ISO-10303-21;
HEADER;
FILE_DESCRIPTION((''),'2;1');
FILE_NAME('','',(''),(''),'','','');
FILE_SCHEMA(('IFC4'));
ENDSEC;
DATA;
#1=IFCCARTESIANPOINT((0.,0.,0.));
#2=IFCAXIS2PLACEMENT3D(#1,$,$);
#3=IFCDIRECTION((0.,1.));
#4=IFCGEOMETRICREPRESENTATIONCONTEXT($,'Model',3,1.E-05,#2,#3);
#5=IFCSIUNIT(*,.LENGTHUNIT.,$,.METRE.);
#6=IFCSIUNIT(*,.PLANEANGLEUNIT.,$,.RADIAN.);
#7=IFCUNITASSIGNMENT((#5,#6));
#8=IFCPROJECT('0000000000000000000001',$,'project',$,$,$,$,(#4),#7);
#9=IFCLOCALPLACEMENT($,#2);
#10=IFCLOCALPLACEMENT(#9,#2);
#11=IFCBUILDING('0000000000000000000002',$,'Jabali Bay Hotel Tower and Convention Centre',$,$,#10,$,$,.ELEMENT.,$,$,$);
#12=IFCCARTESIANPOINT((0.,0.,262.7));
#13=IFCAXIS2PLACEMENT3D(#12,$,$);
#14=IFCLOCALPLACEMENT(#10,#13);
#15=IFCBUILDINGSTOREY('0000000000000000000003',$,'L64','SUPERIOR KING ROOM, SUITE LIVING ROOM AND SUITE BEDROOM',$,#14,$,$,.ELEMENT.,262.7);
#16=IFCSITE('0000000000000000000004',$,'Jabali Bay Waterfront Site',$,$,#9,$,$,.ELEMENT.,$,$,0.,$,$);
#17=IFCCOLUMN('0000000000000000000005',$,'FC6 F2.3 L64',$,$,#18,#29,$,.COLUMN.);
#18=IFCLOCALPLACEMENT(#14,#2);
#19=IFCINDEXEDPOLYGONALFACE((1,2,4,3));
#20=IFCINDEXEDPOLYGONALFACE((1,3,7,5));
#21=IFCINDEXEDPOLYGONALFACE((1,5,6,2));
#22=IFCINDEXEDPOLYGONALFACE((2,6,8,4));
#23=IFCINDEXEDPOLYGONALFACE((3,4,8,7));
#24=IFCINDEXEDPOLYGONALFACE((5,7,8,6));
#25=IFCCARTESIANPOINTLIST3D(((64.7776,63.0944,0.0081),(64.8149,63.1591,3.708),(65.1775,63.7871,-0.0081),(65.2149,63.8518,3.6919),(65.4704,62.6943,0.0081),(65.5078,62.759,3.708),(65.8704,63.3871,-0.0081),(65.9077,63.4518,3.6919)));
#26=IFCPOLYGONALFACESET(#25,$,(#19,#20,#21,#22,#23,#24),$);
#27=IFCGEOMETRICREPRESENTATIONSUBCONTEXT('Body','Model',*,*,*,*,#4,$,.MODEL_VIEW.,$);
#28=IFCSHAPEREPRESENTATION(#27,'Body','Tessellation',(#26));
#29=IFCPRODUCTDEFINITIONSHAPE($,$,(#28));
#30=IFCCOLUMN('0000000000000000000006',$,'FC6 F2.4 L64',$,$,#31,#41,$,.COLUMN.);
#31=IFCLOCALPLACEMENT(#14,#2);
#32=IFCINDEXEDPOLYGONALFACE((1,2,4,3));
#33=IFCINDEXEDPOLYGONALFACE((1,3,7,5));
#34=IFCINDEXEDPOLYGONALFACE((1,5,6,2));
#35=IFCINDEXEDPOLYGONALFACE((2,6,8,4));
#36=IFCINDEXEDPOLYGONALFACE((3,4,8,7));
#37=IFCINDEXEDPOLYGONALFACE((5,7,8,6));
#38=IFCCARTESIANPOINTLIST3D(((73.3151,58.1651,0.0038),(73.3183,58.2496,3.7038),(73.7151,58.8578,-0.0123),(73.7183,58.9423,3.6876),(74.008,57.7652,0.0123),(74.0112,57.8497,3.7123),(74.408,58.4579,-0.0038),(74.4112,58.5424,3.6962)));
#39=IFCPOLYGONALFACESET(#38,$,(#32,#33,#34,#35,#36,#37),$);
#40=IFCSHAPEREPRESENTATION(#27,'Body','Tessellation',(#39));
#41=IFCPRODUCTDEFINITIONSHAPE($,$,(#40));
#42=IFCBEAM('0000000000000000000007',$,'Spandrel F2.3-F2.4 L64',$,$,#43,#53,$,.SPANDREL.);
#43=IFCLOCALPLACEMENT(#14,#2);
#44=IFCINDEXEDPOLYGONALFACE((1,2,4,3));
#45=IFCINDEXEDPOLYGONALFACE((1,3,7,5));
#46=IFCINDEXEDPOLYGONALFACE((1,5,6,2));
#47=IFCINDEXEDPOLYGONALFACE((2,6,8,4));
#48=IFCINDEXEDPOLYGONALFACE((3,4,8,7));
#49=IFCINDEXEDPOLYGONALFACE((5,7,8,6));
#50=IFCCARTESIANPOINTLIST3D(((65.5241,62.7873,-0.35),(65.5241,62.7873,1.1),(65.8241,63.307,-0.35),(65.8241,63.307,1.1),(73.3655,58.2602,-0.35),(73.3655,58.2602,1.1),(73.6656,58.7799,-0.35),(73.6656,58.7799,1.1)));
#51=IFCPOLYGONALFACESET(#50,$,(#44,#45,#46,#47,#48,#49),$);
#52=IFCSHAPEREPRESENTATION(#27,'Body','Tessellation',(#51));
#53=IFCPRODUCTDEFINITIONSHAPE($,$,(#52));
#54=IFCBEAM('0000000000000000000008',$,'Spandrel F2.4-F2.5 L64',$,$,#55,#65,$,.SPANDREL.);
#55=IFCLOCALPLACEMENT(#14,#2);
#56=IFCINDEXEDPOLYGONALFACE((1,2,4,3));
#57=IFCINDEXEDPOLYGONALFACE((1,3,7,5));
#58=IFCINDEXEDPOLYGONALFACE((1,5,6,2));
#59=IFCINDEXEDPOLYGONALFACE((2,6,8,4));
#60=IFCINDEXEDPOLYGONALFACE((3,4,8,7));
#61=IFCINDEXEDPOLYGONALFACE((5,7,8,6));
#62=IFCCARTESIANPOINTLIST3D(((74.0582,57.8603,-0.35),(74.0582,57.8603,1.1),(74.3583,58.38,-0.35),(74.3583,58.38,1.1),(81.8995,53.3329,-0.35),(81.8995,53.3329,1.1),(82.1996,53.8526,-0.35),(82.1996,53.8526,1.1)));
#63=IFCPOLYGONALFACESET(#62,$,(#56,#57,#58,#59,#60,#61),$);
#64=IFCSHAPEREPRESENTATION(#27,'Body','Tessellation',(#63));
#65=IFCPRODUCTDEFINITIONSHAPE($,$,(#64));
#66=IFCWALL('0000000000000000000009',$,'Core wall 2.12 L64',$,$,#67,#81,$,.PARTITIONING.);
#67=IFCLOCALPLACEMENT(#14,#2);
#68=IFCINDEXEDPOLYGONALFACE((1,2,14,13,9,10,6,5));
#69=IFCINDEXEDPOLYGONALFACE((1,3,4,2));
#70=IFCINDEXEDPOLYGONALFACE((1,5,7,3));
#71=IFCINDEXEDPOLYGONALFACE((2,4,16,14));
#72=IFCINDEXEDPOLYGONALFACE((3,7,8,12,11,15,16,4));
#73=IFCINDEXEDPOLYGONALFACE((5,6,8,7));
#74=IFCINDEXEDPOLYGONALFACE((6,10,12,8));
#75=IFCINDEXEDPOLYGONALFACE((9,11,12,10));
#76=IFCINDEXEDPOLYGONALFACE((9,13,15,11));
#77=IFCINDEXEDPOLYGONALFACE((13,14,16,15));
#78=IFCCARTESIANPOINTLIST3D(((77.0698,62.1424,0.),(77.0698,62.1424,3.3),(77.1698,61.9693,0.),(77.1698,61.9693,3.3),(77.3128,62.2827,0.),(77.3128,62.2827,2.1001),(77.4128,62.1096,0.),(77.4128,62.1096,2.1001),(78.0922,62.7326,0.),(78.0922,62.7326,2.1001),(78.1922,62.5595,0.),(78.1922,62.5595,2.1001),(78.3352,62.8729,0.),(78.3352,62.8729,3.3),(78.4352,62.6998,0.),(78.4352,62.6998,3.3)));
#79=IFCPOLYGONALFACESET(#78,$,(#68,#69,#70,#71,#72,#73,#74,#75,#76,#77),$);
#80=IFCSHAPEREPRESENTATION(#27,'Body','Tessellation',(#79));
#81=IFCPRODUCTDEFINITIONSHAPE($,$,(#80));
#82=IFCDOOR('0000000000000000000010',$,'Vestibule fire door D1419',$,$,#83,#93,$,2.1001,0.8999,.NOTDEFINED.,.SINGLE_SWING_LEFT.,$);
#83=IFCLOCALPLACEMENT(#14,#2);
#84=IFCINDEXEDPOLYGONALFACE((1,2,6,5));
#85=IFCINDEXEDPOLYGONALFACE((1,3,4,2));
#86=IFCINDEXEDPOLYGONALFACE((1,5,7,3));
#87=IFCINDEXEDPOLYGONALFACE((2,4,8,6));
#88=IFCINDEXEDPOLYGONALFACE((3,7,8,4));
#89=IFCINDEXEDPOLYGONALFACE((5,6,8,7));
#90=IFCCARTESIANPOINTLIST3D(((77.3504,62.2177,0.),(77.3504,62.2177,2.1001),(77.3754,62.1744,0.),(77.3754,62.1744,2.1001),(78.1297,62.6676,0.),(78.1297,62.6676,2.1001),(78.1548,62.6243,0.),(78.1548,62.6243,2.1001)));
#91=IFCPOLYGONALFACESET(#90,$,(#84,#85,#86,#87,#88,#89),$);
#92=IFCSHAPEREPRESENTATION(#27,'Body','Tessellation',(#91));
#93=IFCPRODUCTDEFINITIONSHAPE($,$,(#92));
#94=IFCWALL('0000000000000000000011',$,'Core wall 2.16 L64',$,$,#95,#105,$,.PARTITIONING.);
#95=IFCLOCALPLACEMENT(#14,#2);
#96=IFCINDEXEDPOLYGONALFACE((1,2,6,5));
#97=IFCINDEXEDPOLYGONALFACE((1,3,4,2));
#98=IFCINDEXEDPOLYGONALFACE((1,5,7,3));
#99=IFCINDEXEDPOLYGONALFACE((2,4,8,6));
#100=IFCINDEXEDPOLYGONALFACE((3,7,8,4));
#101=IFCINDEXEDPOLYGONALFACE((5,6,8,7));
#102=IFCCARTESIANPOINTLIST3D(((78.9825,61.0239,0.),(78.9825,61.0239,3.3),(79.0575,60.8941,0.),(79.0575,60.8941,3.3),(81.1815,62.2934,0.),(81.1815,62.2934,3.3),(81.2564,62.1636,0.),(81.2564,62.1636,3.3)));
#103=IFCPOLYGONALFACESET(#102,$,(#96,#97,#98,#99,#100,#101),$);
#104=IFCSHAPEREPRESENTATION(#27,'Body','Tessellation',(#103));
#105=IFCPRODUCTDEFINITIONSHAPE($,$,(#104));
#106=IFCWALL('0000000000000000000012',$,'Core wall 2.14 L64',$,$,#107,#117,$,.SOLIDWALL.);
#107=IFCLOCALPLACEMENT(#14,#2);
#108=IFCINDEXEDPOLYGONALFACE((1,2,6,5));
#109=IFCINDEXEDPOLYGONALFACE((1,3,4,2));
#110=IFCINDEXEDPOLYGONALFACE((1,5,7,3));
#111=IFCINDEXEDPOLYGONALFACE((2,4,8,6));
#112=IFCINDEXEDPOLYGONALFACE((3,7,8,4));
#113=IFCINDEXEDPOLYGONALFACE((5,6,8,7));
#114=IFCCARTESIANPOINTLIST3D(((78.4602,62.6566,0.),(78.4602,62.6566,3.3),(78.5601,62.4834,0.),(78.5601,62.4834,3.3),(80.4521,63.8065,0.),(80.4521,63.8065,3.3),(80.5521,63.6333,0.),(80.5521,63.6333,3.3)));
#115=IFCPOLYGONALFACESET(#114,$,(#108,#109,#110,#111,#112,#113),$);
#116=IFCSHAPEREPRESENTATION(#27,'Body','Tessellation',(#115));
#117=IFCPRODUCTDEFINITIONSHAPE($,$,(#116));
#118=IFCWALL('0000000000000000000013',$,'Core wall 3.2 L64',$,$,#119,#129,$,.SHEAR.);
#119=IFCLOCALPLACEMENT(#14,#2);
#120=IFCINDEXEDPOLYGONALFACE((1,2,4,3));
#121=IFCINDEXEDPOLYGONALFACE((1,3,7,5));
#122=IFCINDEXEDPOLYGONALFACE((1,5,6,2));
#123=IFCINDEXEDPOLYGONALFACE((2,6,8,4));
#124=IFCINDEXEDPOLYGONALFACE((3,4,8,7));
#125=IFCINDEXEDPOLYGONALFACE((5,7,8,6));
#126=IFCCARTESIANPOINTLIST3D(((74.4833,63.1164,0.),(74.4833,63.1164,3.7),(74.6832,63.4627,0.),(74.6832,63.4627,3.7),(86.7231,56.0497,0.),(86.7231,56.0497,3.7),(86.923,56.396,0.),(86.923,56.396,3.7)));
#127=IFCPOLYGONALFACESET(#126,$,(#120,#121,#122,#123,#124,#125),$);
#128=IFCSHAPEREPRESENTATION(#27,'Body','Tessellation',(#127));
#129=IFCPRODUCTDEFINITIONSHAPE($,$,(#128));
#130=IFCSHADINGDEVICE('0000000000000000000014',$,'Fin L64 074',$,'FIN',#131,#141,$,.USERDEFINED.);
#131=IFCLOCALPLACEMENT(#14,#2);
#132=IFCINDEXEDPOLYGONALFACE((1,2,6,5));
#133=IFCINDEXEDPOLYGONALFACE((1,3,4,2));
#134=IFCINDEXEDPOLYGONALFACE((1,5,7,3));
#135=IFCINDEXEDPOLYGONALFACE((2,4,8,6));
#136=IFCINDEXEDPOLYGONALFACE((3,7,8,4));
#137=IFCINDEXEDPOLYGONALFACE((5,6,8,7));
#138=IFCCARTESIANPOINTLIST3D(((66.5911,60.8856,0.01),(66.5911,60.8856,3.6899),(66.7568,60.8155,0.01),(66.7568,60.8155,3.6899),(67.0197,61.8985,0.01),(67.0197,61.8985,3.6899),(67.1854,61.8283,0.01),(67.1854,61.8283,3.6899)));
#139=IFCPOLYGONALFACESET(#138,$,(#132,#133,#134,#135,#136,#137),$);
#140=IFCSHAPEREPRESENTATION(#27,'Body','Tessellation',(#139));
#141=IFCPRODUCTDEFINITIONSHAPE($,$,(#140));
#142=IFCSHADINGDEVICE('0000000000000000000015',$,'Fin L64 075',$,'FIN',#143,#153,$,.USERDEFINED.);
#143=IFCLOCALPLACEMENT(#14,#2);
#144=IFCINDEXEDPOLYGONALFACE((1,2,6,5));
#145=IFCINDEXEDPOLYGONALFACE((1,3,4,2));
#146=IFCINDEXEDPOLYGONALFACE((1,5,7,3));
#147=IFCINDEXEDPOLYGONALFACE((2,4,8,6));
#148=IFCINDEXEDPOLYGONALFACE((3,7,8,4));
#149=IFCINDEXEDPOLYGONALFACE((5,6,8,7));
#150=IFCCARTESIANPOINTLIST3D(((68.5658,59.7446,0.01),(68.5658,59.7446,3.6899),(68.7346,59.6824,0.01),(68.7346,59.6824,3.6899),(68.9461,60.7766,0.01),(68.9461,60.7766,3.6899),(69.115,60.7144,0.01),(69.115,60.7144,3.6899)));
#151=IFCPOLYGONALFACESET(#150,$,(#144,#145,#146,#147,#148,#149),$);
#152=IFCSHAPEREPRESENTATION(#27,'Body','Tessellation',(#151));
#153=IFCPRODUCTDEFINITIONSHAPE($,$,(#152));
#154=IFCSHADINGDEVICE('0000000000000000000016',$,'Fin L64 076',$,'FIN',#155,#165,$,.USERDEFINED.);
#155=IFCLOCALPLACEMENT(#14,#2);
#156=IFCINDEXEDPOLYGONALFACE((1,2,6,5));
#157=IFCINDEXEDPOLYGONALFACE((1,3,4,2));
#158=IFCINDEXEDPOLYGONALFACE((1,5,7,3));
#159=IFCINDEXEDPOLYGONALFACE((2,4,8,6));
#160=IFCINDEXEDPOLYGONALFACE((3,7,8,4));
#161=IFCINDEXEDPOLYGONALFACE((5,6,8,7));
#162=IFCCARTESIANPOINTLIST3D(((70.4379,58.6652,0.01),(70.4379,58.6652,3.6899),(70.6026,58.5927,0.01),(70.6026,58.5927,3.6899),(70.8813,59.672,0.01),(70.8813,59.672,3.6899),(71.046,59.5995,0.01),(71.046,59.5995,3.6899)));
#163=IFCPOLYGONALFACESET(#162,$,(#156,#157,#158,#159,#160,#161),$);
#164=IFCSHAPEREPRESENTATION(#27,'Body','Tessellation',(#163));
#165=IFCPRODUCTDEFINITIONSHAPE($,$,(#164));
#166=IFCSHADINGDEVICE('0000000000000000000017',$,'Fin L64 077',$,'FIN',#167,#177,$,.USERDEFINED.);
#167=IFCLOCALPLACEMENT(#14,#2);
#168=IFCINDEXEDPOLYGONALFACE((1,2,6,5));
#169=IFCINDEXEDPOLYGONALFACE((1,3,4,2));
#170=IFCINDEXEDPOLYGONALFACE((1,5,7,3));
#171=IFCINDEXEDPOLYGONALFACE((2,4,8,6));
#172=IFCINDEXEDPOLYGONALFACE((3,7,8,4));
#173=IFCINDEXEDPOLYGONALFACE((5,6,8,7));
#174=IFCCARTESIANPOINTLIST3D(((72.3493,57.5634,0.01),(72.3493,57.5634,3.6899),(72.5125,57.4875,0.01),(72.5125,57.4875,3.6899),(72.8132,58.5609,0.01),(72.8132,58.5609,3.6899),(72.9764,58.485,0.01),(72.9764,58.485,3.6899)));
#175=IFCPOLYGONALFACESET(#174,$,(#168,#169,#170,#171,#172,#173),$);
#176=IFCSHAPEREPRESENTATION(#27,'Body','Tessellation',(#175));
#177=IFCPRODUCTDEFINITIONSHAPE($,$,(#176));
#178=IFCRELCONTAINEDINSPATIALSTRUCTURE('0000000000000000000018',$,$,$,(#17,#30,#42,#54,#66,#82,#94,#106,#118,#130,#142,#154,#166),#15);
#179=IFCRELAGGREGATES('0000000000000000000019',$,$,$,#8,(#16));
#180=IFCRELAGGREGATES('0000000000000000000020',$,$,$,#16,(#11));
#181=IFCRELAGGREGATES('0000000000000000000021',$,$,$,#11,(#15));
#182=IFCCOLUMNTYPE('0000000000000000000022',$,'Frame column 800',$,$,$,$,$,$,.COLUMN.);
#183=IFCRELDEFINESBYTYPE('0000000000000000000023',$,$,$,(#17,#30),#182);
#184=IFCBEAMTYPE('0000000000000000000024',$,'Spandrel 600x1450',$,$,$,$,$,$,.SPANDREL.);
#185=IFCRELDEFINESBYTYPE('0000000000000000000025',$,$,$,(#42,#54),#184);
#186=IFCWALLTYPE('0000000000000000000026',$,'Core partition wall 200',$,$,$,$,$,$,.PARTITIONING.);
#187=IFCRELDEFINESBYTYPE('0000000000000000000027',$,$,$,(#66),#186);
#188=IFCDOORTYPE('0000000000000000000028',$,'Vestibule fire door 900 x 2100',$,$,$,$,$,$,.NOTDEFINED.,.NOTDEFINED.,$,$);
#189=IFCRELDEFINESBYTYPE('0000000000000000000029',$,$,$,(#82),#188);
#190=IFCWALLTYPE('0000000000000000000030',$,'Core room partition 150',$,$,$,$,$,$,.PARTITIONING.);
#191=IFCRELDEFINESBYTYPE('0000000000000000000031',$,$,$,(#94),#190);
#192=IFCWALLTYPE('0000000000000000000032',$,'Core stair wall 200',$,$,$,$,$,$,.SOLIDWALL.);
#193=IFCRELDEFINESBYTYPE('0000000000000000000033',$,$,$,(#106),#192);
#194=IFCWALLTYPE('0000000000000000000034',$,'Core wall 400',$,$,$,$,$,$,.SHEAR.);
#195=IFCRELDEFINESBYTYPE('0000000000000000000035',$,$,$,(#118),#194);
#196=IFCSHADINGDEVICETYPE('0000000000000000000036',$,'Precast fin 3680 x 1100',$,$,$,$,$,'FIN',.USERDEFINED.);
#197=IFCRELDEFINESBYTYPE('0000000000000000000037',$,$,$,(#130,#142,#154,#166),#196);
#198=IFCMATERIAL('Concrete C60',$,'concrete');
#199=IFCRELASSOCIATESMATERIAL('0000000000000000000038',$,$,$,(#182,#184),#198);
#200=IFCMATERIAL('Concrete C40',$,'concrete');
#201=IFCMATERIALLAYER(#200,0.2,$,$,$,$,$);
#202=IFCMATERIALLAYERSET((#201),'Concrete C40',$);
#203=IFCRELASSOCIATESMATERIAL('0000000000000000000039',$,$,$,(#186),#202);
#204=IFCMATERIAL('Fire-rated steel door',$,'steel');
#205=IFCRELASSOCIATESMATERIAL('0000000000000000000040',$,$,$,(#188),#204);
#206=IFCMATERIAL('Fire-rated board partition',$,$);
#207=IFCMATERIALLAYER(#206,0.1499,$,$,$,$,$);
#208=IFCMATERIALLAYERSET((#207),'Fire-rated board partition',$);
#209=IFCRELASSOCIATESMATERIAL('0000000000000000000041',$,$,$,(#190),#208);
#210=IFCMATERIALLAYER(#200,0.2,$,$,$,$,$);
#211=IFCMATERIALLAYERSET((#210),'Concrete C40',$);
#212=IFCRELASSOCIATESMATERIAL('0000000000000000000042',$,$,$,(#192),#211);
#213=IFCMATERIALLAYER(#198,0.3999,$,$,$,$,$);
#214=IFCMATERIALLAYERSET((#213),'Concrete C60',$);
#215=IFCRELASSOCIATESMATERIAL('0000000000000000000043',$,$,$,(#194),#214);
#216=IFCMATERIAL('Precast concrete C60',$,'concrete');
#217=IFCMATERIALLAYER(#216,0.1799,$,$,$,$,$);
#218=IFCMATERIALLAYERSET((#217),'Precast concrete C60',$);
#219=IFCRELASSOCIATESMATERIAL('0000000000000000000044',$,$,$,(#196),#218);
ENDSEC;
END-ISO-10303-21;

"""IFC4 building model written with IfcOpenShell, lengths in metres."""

from ifc_helpers import new_model, si_unit, direction, frame, frame_2d, origin, origin_2d, place, context, subcontext, project, spatial, rectangle, extrude, material, layer, layer_set, material_profile, profile_set, type_object, element, fill, save


model = new_model("IFC4")

# Units and contexts
model_context = context("Model", 3, precision=1e-05, world=origin(), true_north=direction((0.0, 1.0)))
body_context = subcontext(model_context, "Body", "Model", "MODEL_VIEW")
ifc_project = project(units=[si_unit("LENGTHUNIT", "METRE"), si_unit("PLANEANGLEUNIT", "RADIAN")], contexts=[model_context])

# Site, building, storey
site_placement = place(None, origin())
site = spatial("IfcSite", under=ifc_project, at=site_placement, Name="Jabali Bay Waterfront Site", CompositionType="ELEMENT", RefElevation=0.0)
building_placement = place(site_placement, origin())
building = spatial("IfcBuilding", under=site, at=building_placement, Name="Jabali Bay Hotel Tower and Convention Centre", CompositionType="ELEMENT")
storey_placement = place(building_placement, frame((0.0, 0.0, 262.7)))
storey = spatial("IfcBuildingStorey", under=building, at=storey_placement, Name="L64", Description="SUPERIOR KING ROOM, SUITE LIVING ROOM AND SUITE BEDROOM", CompositionType="ELEMENT", Elevation=262.7)

# Columns
ifc_material_1 = material(Name="Concrete C60", Category="concrete")
ifc_material_profile_1 = material_profile(ifc_material_1, rectangle(XDim=0.8, YDim=0.8, at=origin_2d()), Name="Frame column 800")
ifc_profile_set_1 = profile_set([ifc_material_profile_1], Name="Concrete C60")
column_type = type_object("IfcColumnType", Name="Frame column 800", PredefinedType="COLUMN", material=ifc_profile_set_1)
column_1_placement = place(storey_placement, frame((65.324, 63.2407, 0.0), z_axis=(0.010094, 0.017482, 0.999796), x_axis=(-0.866026, 0.499999, 0.0)))
element("IfcColumn", 1, at=column_1_placement, inside=storey, type_object=column_type, Name="FC6 F2.3 L64", PredefinedType="COLUMN", context=body_context, shape_type="SweptSolid", body=[
    extrude(rectangle(XDim=0.8, YDim=0.8, at=origin_2d()), origin(), (0.0, 0.0, 1.0), 3.7007),
])
column_2_placement = place(storey_placement, frame((73.8616, 58.3115, 0.0), z_axis=(0.000858, 0.022825, 0.999739), x_axis=(-0.499939, -0.865825, 0.020196)))
element("IfcColumn", 2, at=column_2_placement, inside=storey, type_object=column_type, Name="FC6 F2.4 L64", PredefinedType="COLUMN", context=body_context, shape_type="SweptSolid", body=[
    extrude(rectangle(XDim=0.8, YDim=0.8, at=origin_2d()), origin(), (0.0, 0.0, 1.0), 3.7009),
])

# Beams
ifc_material_profile_2 = material_profile(ifc_material_1, rectangle(XDim=0.6001, YDim=1.45, at=origin_2d()), Name="Spandrel 600x1450")
ifc_profile_set_2 = profile_set([ifc_material_profile_2], Name="Concrete C60")
beam_type = type_object("IfcBeamType", Name="Spandrel 600x1450", PredefinedType="SPANDREL", material=ifc_profile_set_2)
for number, where, z_axis, x_axis, name in (
    (3, (65.6741, 63.0471, 0.375), (0.866036, -0.499982, 0.0), (0.499982, 0.866036, 0.0), "Spandrel F2.3-F2.4 L64"),
    (4, (74.2083, 58.1201, 0.375), (0.866018, -0.500013, 0.0), (0.500013, 0.866018, 0.0), "Spandrel F2.4-F2.5 L64"),
):
    element("IfcBeam", number, at=place(storey_placement, frame(where, z_axis=z_axis, x_axis=x_axis)), inside=storey, type_object=beam_type, Name=name, PredefinedType="SPANDREL", context=body_context, shape_type="SweptSolid", body=[
        extrude(rectangle(XDim=0.6001, YDim=1.45, at=origin_2d()), origin(), (0.0, 0.0, 1.0), 9.0544),
    ])

# Wall, opening, door
ifc_material_2 = material(Name="Concrete C40", Category="concrete")
ifc_layer_1 = layer(ifc_material_2, 0.2)
ifc_layer_set_1 = layer_set([ifc_layer_1], Name="Concrete C40")
wall_type_1 = type_object("IfcWallType", Name="Core partition wall 200", PredefinedType="PARTITIONING", material=ifc_layer_set_1)
wall_1_placement = place(storey_placement, frame((77.1199, 62.0559, 0.0), z_axis=(0.0, 0.0, 1.0), x_axis=(0.866055, 0.499949, 0.0)))
wall_1 = element("IfcWall", 5, at=wall_1_placement, inside=storey, type_object=wall_type_1, Name="Core wall 2.12 L64", PredefinedType="PARTITIONING", context=body_context, shape_type="SweptSolid", body=[
    extrude(rectangle(XDim=1.4612, YDim=0.2, at=frame_2d((0.7305, 0.0))), origin(), (0.0, 0.0, 1.0), 3.3),
])
opening_placement = place(wall_1_placement, frame((0.2805, 0.0, 0.0)))
opening = element("IfcOpeningElement", 6, at=opening_placement, cuts=wall_1, PredefinedType="OPENING", context=body_context, shape_type="SweptSolid", body=[
    extrude(rectangle(XDim=0.8999, YDim=2.1001, at=frame_2d((0.45, 1.05))), frame((0.0, 0.1104, 0.0), z_axis=(0.0, -1.0, 0.0), x_axis=(1.0, 0.0, 0.0)), (0.0, 0.0, 1.0), 0.2209),
])
ifc_material_3 = material(Name="Fire-rated steel door", Category="steel")
door_type = type_object("IfcDoorType", Name="Vestibule fire door 900 x 2100", OperationType="NOTDEFINED", PredefinedType="NOTDEFINED", material=ifc_material_3)
door_placement = place(opening_placement, origin())
door = element("IfcDoor", 7, at=door_placement, inside=storey, type_object=door_type, Name="Vestibule fire door D1419", OperationType="SINGLE_SWING_LEFT", OverallHeight=2.1001, OverallWidth=0.8999, PredefinedType="NOTDEFINED", context=body_context, shape_type="SweptSolid", body=[
    extrude(rectangle(XDim=0.8999, YDim=2.1001, at=frame_2d((0.45, 1.05))), frame((0.0, 0.0249, 0.0), z_axis=(0.0, -1.0, 0.0), x_axis=(1.0, 0.0, 0.0)), (0.0, 0.0, 1.0), 0.05),
])
fill(opening, door)

# Walls
ifc_material_4 = material(Name="Fire-rated board partition")
ifc_layer_2 = layer(ifc_material_4, 0.1499)
ifc_layer_set_2 = layer_set([ifc_layer_2], Name="Fire-rated board partition")
wall_type_2 = type_object("IfcWallType", Name="Core room partition 150", PredefinedType="PARTITIONING", material=ifc_layer_set_2)
wall_2_placement = place(storey_placement, frame((79.02, 60.959, 0.0), z_axis=(0.0, 0.0, 1.0), x_axis=(0.866033, 0.499986, 0.0)))
element("IfcWall", 8, at=wall_2_placement, inside=storey, type_object=wall_type_2, Name="Core wall 2.16 L64", PredefinedType="PARTITIONING", context=body_context, shape_type="SweptSolid", body=[
    extrude(rectangle(XDim=2.5391, YDim=0.1499, at=frame_2d((1.2695, 0.0))), origin(), (0.0, 0.0, 1.0), 3.3),
])
ifc_layer_3 = layer(ifc_material_2, 0.2)
ifc_layer_set_3 = layer_set([ifc_layer_3], Name="Concrete C40")
wall_type_3 = type_object("IfcWallType", Name="Core stair wall 200", PredefinedType="SOLIDWALL", material=ifc_layer_set_3)
wall_3_placement = place(storey_placement, frame((78.5103, 62.5701, 0.0), z_axis=(0.0, 0.0, 1.0), x_axis=(0.866053, 0.499952, 0.0)))
element("IfcWall", 9, at=wall_3_placement, inside=storey, type_object=wall_type_3, Name="Core wall 2.14 L64", PredefinedType="SOLIDWALL", context=body_context, shape_type="SweptSolid", body=[
    extrude(rectangle(XDim=2.3, YDim=0.2, at=frame_2d((1.1499, 0.0))), origin(), (0.0, 0.0, 1.0), 3.3),
])
ifc_layer_4 = layer(ifc_material_1, 0.3999)
ifc_layer_set_4 = layer_set([ifc_layer_4], Name="Concrete C60")
wall_type_4 = type_object("IfcWallType", Name="Core wall 400", PredefinedType="SHEAR", material=ifc_layer_set_4)
wall_4_placement = place(storey_placement, frame((74.5833, 63.2896, 0.0), z_axis=(0.0, 0.0, 1.0), x_axis=(0.866024, -0.500002, 0.0)))
element("IfcWall", 10, at=wall_4_placement, inside=storey, type_object=wall_type_4, Name="Core wall 3.2 L64", PredefinedType="SHEAR", context=body_context, shape_type="SweptSolid", body=[
    extrude(rectangle(XDim=14.1333, YDim=0.3999, at=frame_2d((7.0667, 0.0))), origin(), (0.0, 0.0, 1.0), 3.7),
])

# Shading devices
ifc_material_5 = material(Name="Precast concrete C60", Category="concrete")
ifc_layer_5 = layer(ifc_material_5, 0.1799)
ifc_layer_set_5 = layer_set([ifc_layer_5], Name="Precast concrete C60")
shading_device_type_1 = type_object("IfcShadingDeviceType", Name="Precast fin 3680 x 1100", ElementType="FIN", PredefinedType="USERDEFINED", material=ifc_layer_set_5)
for number, where, z_axis, x_axis, name in (
    (11, (67.1025, 61.8633, 0.01), (0.0, 0.0, 1.0), (-0.389763, -0.920915, 0.0), "Fin L64 074"),
    (12, (69.0305, 60.7454, 0.01), (0.0, 0.0, 1.0), (-0.345839, -0.938294, 0.0), "Fin L64 075"),
):
    element("IfcShadingDevice", number, at=place(storey_placement, frame(where, z_axis=z_axis, x_axis=x_axis)), inside=storey, type_object=shading_device_type_1, Name=name, ObjectType="FIN", PredefinedType="USERDEFINED", context=body_context, shape_type="SweptSolid", body=[
        extrude(rectangle(XDim=1.0999, YDim=0.1799, at=frame_2d((0.5498, 0.0))), origin(), (0.0, 0.0, 1.0), 3.6799),
    ])
for number, where, z_axis, x_axis, name in (
    (13, (70.9636, 59.6357, 0.01), (0.0, 0.0, 1.0), (-0.403006, -0.915197, 0.0), "Fin L64 076"),
    (14, (72.8948, 58.5229, 0.01), (0.0, 0.0, 1.0), (-0.421646, -0.906761, 0.0), "Fin L64 077"),
):
    element("IfcShadingDevice", number, at=place(storey_placement, frame(where, z_axis=z_axis, x_axis=x_axis)), inside=storey, type_object=shading_device_type_1, Name=name, ObjectType="FIN", PredefinedType="USERDEFINED", context=body_context, shape_type="SweptSolid", body=[
        extrude(rectangle(XDim=1.1001, YDim=0.1799, at=frame_2d((0.55, 0.0))), origin(), (0.0, 0.0, 1.0), 3.6799),
    ])

save(model, "model.ifc")
